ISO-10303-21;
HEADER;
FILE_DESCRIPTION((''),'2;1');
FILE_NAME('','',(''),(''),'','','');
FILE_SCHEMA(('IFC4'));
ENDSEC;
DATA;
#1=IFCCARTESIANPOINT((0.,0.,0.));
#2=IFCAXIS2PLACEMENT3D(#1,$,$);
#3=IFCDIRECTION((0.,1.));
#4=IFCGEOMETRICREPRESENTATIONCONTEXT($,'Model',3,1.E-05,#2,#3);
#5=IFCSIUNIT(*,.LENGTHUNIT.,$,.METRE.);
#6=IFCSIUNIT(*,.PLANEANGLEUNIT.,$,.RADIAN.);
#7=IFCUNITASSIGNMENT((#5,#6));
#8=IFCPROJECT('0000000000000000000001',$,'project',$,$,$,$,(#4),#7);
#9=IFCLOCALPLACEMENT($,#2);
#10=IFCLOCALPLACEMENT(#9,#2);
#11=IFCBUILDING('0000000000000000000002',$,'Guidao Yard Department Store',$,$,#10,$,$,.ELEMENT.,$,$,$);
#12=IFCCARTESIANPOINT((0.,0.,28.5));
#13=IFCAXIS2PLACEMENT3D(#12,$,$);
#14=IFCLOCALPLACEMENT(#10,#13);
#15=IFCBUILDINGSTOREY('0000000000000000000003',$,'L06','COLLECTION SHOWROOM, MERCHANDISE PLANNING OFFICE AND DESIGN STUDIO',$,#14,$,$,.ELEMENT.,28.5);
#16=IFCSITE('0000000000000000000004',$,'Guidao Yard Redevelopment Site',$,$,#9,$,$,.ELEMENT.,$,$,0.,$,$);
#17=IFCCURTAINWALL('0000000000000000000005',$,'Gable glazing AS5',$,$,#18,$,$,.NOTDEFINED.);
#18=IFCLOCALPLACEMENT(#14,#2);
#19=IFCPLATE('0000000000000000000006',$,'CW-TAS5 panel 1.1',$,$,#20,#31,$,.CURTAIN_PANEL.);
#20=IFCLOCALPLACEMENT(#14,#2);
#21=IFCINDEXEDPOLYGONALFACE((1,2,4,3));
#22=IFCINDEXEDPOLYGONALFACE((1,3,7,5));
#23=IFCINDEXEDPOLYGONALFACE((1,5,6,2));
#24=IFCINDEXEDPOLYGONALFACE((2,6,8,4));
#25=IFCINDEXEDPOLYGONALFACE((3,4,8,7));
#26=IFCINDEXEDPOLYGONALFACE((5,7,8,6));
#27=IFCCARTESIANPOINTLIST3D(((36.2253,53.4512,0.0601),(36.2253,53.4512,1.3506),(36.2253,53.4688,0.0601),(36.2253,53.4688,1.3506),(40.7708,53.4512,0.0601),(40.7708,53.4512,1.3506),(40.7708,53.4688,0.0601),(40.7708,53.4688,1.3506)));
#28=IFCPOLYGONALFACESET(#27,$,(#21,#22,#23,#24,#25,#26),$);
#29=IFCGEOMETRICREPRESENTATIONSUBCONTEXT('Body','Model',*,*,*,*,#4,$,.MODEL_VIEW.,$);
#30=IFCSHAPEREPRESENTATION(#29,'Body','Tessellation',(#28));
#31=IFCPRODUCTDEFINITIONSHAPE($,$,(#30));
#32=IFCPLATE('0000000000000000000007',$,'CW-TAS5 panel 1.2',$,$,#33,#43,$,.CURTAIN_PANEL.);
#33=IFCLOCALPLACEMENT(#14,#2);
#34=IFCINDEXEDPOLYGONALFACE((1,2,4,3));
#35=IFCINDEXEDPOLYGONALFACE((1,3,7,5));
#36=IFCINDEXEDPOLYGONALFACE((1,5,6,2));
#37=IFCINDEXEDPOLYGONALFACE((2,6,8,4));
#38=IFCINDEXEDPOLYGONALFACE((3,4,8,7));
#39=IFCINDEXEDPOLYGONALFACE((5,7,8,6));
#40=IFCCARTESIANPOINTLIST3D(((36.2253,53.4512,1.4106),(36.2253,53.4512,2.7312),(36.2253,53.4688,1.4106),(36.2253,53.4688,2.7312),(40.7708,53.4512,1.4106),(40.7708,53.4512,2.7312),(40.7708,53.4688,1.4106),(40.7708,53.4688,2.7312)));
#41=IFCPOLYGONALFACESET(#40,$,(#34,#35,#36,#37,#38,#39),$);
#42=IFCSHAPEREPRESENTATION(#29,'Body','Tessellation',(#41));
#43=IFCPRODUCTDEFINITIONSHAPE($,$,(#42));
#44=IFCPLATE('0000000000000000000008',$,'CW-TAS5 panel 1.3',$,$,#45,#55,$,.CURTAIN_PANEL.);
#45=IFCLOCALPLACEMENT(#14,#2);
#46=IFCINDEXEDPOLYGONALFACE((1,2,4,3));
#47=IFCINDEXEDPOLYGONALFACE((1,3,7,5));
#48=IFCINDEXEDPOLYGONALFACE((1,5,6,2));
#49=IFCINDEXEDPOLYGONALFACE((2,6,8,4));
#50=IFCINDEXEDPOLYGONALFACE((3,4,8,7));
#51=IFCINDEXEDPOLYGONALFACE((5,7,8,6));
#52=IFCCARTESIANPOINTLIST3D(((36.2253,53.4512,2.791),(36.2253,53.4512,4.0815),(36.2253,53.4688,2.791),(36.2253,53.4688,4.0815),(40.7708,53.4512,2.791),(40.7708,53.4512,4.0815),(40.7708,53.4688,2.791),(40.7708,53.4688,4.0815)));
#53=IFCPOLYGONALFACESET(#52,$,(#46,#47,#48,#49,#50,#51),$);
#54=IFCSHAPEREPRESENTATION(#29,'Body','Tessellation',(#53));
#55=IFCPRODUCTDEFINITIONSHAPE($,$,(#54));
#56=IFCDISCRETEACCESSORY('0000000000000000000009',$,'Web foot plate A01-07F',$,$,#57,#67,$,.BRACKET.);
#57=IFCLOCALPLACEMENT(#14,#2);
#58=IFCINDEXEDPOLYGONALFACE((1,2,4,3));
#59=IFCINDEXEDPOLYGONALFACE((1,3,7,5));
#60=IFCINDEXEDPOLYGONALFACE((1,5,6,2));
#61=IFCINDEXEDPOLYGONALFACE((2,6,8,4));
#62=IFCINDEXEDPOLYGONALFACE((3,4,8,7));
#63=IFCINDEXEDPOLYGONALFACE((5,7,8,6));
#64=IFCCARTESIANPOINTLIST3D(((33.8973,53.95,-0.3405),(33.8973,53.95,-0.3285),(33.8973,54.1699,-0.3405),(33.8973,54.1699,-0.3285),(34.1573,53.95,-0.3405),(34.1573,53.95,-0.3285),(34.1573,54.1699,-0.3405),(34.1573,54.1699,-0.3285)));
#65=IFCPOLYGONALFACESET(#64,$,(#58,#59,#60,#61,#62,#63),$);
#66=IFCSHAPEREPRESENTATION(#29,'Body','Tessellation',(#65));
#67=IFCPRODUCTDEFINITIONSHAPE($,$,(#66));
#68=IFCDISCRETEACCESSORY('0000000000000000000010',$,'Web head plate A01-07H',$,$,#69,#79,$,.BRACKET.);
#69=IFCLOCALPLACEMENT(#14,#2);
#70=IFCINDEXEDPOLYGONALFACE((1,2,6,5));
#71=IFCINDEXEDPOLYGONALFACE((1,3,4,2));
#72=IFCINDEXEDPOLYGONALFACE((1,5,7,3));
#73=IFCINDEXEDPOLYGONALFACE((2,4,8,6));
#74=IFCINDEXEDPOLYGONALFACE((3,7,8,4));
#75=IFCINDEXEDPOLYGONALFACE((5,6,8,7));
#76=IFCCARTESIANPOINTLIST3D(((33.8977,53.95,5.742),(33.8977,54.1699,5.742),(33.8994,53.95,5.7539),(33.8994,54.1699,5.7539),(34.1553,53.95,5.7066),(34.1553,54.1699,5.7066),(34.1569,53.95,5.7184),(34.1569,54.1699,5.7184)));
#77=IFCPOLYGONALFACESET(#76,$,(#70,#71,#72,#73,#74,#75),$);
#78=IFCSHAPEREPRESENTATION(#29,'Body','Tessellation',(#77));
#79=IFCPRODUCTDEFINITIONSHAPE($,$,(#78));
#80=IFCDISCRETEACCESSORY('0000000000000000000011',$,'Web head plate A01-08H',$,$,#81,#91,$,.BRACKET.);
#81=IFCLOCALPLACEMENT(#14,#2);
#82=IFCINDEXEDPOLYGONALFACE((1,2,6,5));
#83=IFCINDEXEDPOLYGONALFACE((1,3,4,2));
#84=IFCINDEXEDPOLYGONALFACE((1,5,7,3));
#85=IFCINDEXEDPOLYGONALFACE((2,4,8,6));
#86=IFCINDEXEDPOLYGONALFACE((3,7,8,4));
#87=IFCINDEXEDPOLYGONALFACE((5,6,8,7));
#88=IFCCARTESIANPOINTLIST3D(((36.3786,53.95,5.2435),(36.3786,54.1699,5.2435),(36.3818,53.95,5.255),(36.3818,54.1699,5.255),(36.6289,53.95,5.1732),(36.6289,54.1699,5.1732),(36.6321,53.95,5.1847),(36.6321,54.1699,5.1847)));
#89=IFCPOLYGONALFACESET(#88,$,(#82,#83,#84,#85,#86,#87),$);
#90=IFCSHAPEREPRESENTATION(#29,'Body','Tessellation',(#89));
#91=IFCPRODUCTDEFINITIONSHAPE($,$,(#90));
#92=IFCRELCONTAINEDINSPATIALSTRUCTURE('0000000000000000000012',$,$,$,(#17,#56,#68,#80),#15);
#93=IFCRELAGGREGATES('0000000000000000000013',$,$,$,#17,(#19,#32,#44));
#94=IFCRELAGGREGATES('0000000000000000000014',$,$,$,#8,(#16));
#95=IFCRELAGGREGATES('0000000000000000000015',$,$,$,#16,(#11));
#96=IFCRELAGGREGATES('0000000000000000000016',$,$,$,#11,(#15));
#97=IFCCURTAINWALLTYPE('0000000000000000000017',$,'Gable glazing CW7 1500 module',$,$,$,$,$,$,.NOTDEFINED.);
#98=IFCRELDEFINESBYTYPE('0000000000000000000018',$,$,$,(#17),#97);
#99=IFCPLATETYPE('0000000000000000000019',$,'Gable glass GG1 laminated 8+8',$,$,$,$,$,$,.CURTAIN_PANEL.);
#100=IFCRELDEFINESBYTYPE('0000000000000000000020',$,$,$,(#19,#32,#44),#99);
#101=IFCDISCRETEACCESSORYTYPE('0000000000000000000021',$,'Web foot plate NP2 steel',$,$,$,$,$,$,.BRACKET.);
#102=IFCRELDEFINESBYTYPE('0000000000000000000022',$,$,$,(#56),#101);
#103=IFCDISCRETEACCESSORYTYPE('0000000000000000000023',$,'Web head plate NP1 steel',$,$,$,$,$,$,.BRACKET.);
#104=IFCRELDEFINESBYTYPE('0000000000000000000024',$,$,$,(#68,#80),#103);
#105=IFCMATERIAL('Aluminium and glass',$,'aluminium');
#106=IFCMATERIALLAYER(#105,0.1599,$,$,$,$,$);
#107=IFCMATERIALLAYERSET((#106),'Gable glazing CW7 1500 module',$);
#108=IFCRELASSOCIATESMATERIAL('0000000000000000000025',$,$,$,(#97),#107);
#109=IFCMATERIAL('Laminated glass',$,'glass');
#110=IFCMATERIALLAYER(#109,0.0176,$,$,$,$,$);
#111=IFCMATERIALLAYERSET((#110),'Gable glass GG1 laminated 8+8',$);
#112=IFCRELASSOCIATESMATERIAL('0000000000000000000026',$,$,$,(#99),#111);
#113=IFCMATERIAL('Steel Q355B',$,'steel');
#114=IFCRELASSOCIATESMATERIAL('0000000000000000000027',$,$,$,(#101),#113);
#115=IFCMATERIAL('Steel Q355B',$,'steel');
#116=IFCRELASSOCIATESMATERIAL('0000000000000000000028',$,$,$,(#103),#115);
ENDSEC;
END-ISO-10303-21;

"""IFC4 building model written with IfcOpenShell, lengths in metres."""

from ifc_helpers import new_model, si_unit, direction, frame, origin, origin_2d, place, context, subcontext, project, spatial, rectangle, extrude, material, layer, layer_set, material_profile, profile_set, type_object, element, aggregate, save


model = new_model("IFC4")

# Units and contexts
model_context = context("Model", 3, precision=1e-05, world=origin(), true_north=direction((0.0, 1.0)))
body_context = subcontext(model_context, "Body", "Model", "MODEL_VIEW")
ifc_project = project(units=[si_unit("LENGTHUNIT", "METRE"), si_unit("PLANEANGLEUNIT", "RADIAN")], contexts=[model_context])

# Site, building, storey
site_placement = place(None, origin())
site = spatial("IfcSite", under=ifc_project, at=site_placement, Name="Guidao Yard Redevelopment Site", CompositionType="ELEMENT", RefElevation=0.0)
building_placement = place(site_placement, origin())
building = spatial("IfcBuilding", under=site, at=building_placement, Name="Guidao Yard Department Store", CompositionType="ELEMENT")
storey_placement = place(building_placement, frame((0.0, 0.0, 28.5)))
storey = spatial("IfcBuildingStorey", under=building, at=storey_placement, Name="L06", Description="COLLECTION SHOWROOM, MERCHANDISE PLANNING OFFICE AND DESIGN STUDIO", CompositionType="ELEMENT", Elevation=28.5)

# Shared definitions
ifc_material_1 = material(Name="Aluminium and glass", Category="aluminium")
ifc_layer_1 = layer(ifc_material_1, 0.1599)
ifc_layer_set_1 = layer_set([ifc_layer_1], Name="Gable glazing CW7 1500 module")
curtain_wall_type = type_object("IfcCurtainWallType", Name="Gable glazing CW7 1500 module", PredefinedType="NOTDEFINED", material=ifc_layer_set_1)

# Curtain wall
curtain_wall_1_placement = place(storey_placement, origin())
curtain_wall_1 = element("IfcCurtainWall", 1, at=curtain_wall_1_placement, inside=storey, type_object=curtain_wall_type, Name="Gable glazing AS5", PredefinedType="NOTDEFINED")

# Plates
ifc_material_2 = material(Name="Laminated glass", Category="glass")
ifc_layer_2 = layer(ifc_material_2, 0.0176)
ifc_layer_set_2 = layer_set([ifc_layer_2], Name="Gable glass GG1 laminated 8+8")
plate_type = type_object("IfcPlateType", Name="Gable glass GG1 laminated 8+8", PredefinedType="CURTAIN_PANEL", material=ifc_layer_set_2)
plate_1_placement = place(storey_placement, frame((38.498, 53.46, 0.0601), z_axis=(0.0, 0.0, 1.0), x_axis=(-1.0, 0.0, 0.0)))
plate_1 = element("IfcPlate", 2, at=plate_1_placement, type_object=plate_type, Name="CW-TAS5 panel 1.1", PredefinedType="CURTAIN_PANEL", context=body_context, shape_type="SweptSolid", body=[
    extrude(rectangle(XDim=4.5454, YDim=0.0176, at=origin_2d()), origin(), (0.0, 0.0, 1.0), 1.2905),
])
plate_2_placement = place(storey_placement, frame((38.498, 53.46, 1.4106), z_axis=(0.0, 0.0, 1.0), x_axis=(-1.0, 0.0, 0.0)))
plate_2 = element("IfcPlate", 3, at=plate_2_placement, type_object=plate_type, Name="CW-TAS5 panel 1.2", PredefinedType="CURTAIN_PANEL", context=body_context, shape_type="SweptSolid", body=[
    extrude(rectangle(XDim=4.5454, YDim=0.0176, at=origin_2d()), origin(), (0.0, 0.0, 1.0), 1.3206),
])
plate_3_placement = place(storey_placement, frame((38.498, 53.46, 2.791), z_axis=(0.0, 0.0, 1.0), x_axis=(-1.0, 0.0, 0.0)))
plate_3 = element("IfcPlate", 4, at=plate_3_placement, type_object=plate_type, Name="CW-TAS5 panel 1.3", PredefinedType="CURTAIN_PANEL", context=body_context, shape_type="SweptSolid", body=[
    extrude(rectangle(XDim=4.5454, YDim=0.0176, at=origin_2d()), origin(), (0.0, 0.0, 1.0), 1.2905),
])
aggregate(curtain_wall_1, [plate_1, plate_2, plate_3])

# Discrete accessories
ifc_material_3 = material(Name="Steel Q355B", Category="steel")
ifc_material_profile_1 = material_profile(ifc_material_3, rectangle(XDim=0.26, YDim=0.012, at=origin_2d()), Name="Node plate 260x12")
ifc_profile_set_1 = profile_set([ifc_material_profile_1], Name="Steel Q355B")
discrete_accessory_type_1 = type_object("IfcDiscreteAccessoryType", Name="Web foot plate NP2 steel", PredefinedType="BRACKET", material=ifc_profile_set_1)
discrete_accessory_placement = place(storey_placement, frame((34.0273, 53.95, -0.3345), z_axis=(0.0, 1.0, 0.0), x_axis=(-1.0, 0.0, 0.0)))
element("IfcDiscreteAccessory", 5, at=discrete_accessory_placement, inside=storey, type_object=discrete_accessory_type_1, Name="Web foot plate A01-07F", PredefinedType="BRACKET", context=body_context, shape_type="SweptSolid", body=[
    extrude(rectangle(XDim=0.26, YDim=0.012, at=origin_2d()), origin(), (0.0, 0.0, 1.0), 0.22),
])
ifc_material_4 = material(Name="Steel Q355B", Category="steel")
ifc_material_profile_2 = material_profile(ifc_material_4, rectangle(XDim=0.26, YDim=0.012, at=origin_2d()), Name="Node plate 260x12")
ifc_profile_set_2 = profile_set([ifc_material_profile_2], Name="Steel Q355B")
discrete_accessory_type_2 = type_object("IfcDiscreteAccessoryType", Name="Web head plate NP1 steel", PredefinedType="BRACKET", material=ifc_profile_set_2)
for number, where, z_axis, x_axis, name in (
    (6, (34.0273, 53.95, 5.7302), (0.0, 1.0, 0.0), (-0.990647, 0.0, 0.136449), "Web head plate A01-07H"),
    (7, (36.5054, 53.95, 5.2141), (0.0, 1.0, 0.0), (-0.962712, 0.0, 0.270529), "Web head plate A01-08H"),
):
    element("IfcDiscreteAccessory", number, at=place(storey_placement, frame(where, z_axis=z_axis, x_axis=x_axis)), inside=storey, type_object=discrete_accessory_type_2, Name=name, PredefinedType="BRACKET", context=body_context, shape_type="SweptSolid", body=[
        extrude(rectangle(XDim=0.26, YDim=0.012, at=origin_2d()), origin(), (0.0, 0.0, 1.0), 0.22),
    ])

save(model, "model.ifc")
